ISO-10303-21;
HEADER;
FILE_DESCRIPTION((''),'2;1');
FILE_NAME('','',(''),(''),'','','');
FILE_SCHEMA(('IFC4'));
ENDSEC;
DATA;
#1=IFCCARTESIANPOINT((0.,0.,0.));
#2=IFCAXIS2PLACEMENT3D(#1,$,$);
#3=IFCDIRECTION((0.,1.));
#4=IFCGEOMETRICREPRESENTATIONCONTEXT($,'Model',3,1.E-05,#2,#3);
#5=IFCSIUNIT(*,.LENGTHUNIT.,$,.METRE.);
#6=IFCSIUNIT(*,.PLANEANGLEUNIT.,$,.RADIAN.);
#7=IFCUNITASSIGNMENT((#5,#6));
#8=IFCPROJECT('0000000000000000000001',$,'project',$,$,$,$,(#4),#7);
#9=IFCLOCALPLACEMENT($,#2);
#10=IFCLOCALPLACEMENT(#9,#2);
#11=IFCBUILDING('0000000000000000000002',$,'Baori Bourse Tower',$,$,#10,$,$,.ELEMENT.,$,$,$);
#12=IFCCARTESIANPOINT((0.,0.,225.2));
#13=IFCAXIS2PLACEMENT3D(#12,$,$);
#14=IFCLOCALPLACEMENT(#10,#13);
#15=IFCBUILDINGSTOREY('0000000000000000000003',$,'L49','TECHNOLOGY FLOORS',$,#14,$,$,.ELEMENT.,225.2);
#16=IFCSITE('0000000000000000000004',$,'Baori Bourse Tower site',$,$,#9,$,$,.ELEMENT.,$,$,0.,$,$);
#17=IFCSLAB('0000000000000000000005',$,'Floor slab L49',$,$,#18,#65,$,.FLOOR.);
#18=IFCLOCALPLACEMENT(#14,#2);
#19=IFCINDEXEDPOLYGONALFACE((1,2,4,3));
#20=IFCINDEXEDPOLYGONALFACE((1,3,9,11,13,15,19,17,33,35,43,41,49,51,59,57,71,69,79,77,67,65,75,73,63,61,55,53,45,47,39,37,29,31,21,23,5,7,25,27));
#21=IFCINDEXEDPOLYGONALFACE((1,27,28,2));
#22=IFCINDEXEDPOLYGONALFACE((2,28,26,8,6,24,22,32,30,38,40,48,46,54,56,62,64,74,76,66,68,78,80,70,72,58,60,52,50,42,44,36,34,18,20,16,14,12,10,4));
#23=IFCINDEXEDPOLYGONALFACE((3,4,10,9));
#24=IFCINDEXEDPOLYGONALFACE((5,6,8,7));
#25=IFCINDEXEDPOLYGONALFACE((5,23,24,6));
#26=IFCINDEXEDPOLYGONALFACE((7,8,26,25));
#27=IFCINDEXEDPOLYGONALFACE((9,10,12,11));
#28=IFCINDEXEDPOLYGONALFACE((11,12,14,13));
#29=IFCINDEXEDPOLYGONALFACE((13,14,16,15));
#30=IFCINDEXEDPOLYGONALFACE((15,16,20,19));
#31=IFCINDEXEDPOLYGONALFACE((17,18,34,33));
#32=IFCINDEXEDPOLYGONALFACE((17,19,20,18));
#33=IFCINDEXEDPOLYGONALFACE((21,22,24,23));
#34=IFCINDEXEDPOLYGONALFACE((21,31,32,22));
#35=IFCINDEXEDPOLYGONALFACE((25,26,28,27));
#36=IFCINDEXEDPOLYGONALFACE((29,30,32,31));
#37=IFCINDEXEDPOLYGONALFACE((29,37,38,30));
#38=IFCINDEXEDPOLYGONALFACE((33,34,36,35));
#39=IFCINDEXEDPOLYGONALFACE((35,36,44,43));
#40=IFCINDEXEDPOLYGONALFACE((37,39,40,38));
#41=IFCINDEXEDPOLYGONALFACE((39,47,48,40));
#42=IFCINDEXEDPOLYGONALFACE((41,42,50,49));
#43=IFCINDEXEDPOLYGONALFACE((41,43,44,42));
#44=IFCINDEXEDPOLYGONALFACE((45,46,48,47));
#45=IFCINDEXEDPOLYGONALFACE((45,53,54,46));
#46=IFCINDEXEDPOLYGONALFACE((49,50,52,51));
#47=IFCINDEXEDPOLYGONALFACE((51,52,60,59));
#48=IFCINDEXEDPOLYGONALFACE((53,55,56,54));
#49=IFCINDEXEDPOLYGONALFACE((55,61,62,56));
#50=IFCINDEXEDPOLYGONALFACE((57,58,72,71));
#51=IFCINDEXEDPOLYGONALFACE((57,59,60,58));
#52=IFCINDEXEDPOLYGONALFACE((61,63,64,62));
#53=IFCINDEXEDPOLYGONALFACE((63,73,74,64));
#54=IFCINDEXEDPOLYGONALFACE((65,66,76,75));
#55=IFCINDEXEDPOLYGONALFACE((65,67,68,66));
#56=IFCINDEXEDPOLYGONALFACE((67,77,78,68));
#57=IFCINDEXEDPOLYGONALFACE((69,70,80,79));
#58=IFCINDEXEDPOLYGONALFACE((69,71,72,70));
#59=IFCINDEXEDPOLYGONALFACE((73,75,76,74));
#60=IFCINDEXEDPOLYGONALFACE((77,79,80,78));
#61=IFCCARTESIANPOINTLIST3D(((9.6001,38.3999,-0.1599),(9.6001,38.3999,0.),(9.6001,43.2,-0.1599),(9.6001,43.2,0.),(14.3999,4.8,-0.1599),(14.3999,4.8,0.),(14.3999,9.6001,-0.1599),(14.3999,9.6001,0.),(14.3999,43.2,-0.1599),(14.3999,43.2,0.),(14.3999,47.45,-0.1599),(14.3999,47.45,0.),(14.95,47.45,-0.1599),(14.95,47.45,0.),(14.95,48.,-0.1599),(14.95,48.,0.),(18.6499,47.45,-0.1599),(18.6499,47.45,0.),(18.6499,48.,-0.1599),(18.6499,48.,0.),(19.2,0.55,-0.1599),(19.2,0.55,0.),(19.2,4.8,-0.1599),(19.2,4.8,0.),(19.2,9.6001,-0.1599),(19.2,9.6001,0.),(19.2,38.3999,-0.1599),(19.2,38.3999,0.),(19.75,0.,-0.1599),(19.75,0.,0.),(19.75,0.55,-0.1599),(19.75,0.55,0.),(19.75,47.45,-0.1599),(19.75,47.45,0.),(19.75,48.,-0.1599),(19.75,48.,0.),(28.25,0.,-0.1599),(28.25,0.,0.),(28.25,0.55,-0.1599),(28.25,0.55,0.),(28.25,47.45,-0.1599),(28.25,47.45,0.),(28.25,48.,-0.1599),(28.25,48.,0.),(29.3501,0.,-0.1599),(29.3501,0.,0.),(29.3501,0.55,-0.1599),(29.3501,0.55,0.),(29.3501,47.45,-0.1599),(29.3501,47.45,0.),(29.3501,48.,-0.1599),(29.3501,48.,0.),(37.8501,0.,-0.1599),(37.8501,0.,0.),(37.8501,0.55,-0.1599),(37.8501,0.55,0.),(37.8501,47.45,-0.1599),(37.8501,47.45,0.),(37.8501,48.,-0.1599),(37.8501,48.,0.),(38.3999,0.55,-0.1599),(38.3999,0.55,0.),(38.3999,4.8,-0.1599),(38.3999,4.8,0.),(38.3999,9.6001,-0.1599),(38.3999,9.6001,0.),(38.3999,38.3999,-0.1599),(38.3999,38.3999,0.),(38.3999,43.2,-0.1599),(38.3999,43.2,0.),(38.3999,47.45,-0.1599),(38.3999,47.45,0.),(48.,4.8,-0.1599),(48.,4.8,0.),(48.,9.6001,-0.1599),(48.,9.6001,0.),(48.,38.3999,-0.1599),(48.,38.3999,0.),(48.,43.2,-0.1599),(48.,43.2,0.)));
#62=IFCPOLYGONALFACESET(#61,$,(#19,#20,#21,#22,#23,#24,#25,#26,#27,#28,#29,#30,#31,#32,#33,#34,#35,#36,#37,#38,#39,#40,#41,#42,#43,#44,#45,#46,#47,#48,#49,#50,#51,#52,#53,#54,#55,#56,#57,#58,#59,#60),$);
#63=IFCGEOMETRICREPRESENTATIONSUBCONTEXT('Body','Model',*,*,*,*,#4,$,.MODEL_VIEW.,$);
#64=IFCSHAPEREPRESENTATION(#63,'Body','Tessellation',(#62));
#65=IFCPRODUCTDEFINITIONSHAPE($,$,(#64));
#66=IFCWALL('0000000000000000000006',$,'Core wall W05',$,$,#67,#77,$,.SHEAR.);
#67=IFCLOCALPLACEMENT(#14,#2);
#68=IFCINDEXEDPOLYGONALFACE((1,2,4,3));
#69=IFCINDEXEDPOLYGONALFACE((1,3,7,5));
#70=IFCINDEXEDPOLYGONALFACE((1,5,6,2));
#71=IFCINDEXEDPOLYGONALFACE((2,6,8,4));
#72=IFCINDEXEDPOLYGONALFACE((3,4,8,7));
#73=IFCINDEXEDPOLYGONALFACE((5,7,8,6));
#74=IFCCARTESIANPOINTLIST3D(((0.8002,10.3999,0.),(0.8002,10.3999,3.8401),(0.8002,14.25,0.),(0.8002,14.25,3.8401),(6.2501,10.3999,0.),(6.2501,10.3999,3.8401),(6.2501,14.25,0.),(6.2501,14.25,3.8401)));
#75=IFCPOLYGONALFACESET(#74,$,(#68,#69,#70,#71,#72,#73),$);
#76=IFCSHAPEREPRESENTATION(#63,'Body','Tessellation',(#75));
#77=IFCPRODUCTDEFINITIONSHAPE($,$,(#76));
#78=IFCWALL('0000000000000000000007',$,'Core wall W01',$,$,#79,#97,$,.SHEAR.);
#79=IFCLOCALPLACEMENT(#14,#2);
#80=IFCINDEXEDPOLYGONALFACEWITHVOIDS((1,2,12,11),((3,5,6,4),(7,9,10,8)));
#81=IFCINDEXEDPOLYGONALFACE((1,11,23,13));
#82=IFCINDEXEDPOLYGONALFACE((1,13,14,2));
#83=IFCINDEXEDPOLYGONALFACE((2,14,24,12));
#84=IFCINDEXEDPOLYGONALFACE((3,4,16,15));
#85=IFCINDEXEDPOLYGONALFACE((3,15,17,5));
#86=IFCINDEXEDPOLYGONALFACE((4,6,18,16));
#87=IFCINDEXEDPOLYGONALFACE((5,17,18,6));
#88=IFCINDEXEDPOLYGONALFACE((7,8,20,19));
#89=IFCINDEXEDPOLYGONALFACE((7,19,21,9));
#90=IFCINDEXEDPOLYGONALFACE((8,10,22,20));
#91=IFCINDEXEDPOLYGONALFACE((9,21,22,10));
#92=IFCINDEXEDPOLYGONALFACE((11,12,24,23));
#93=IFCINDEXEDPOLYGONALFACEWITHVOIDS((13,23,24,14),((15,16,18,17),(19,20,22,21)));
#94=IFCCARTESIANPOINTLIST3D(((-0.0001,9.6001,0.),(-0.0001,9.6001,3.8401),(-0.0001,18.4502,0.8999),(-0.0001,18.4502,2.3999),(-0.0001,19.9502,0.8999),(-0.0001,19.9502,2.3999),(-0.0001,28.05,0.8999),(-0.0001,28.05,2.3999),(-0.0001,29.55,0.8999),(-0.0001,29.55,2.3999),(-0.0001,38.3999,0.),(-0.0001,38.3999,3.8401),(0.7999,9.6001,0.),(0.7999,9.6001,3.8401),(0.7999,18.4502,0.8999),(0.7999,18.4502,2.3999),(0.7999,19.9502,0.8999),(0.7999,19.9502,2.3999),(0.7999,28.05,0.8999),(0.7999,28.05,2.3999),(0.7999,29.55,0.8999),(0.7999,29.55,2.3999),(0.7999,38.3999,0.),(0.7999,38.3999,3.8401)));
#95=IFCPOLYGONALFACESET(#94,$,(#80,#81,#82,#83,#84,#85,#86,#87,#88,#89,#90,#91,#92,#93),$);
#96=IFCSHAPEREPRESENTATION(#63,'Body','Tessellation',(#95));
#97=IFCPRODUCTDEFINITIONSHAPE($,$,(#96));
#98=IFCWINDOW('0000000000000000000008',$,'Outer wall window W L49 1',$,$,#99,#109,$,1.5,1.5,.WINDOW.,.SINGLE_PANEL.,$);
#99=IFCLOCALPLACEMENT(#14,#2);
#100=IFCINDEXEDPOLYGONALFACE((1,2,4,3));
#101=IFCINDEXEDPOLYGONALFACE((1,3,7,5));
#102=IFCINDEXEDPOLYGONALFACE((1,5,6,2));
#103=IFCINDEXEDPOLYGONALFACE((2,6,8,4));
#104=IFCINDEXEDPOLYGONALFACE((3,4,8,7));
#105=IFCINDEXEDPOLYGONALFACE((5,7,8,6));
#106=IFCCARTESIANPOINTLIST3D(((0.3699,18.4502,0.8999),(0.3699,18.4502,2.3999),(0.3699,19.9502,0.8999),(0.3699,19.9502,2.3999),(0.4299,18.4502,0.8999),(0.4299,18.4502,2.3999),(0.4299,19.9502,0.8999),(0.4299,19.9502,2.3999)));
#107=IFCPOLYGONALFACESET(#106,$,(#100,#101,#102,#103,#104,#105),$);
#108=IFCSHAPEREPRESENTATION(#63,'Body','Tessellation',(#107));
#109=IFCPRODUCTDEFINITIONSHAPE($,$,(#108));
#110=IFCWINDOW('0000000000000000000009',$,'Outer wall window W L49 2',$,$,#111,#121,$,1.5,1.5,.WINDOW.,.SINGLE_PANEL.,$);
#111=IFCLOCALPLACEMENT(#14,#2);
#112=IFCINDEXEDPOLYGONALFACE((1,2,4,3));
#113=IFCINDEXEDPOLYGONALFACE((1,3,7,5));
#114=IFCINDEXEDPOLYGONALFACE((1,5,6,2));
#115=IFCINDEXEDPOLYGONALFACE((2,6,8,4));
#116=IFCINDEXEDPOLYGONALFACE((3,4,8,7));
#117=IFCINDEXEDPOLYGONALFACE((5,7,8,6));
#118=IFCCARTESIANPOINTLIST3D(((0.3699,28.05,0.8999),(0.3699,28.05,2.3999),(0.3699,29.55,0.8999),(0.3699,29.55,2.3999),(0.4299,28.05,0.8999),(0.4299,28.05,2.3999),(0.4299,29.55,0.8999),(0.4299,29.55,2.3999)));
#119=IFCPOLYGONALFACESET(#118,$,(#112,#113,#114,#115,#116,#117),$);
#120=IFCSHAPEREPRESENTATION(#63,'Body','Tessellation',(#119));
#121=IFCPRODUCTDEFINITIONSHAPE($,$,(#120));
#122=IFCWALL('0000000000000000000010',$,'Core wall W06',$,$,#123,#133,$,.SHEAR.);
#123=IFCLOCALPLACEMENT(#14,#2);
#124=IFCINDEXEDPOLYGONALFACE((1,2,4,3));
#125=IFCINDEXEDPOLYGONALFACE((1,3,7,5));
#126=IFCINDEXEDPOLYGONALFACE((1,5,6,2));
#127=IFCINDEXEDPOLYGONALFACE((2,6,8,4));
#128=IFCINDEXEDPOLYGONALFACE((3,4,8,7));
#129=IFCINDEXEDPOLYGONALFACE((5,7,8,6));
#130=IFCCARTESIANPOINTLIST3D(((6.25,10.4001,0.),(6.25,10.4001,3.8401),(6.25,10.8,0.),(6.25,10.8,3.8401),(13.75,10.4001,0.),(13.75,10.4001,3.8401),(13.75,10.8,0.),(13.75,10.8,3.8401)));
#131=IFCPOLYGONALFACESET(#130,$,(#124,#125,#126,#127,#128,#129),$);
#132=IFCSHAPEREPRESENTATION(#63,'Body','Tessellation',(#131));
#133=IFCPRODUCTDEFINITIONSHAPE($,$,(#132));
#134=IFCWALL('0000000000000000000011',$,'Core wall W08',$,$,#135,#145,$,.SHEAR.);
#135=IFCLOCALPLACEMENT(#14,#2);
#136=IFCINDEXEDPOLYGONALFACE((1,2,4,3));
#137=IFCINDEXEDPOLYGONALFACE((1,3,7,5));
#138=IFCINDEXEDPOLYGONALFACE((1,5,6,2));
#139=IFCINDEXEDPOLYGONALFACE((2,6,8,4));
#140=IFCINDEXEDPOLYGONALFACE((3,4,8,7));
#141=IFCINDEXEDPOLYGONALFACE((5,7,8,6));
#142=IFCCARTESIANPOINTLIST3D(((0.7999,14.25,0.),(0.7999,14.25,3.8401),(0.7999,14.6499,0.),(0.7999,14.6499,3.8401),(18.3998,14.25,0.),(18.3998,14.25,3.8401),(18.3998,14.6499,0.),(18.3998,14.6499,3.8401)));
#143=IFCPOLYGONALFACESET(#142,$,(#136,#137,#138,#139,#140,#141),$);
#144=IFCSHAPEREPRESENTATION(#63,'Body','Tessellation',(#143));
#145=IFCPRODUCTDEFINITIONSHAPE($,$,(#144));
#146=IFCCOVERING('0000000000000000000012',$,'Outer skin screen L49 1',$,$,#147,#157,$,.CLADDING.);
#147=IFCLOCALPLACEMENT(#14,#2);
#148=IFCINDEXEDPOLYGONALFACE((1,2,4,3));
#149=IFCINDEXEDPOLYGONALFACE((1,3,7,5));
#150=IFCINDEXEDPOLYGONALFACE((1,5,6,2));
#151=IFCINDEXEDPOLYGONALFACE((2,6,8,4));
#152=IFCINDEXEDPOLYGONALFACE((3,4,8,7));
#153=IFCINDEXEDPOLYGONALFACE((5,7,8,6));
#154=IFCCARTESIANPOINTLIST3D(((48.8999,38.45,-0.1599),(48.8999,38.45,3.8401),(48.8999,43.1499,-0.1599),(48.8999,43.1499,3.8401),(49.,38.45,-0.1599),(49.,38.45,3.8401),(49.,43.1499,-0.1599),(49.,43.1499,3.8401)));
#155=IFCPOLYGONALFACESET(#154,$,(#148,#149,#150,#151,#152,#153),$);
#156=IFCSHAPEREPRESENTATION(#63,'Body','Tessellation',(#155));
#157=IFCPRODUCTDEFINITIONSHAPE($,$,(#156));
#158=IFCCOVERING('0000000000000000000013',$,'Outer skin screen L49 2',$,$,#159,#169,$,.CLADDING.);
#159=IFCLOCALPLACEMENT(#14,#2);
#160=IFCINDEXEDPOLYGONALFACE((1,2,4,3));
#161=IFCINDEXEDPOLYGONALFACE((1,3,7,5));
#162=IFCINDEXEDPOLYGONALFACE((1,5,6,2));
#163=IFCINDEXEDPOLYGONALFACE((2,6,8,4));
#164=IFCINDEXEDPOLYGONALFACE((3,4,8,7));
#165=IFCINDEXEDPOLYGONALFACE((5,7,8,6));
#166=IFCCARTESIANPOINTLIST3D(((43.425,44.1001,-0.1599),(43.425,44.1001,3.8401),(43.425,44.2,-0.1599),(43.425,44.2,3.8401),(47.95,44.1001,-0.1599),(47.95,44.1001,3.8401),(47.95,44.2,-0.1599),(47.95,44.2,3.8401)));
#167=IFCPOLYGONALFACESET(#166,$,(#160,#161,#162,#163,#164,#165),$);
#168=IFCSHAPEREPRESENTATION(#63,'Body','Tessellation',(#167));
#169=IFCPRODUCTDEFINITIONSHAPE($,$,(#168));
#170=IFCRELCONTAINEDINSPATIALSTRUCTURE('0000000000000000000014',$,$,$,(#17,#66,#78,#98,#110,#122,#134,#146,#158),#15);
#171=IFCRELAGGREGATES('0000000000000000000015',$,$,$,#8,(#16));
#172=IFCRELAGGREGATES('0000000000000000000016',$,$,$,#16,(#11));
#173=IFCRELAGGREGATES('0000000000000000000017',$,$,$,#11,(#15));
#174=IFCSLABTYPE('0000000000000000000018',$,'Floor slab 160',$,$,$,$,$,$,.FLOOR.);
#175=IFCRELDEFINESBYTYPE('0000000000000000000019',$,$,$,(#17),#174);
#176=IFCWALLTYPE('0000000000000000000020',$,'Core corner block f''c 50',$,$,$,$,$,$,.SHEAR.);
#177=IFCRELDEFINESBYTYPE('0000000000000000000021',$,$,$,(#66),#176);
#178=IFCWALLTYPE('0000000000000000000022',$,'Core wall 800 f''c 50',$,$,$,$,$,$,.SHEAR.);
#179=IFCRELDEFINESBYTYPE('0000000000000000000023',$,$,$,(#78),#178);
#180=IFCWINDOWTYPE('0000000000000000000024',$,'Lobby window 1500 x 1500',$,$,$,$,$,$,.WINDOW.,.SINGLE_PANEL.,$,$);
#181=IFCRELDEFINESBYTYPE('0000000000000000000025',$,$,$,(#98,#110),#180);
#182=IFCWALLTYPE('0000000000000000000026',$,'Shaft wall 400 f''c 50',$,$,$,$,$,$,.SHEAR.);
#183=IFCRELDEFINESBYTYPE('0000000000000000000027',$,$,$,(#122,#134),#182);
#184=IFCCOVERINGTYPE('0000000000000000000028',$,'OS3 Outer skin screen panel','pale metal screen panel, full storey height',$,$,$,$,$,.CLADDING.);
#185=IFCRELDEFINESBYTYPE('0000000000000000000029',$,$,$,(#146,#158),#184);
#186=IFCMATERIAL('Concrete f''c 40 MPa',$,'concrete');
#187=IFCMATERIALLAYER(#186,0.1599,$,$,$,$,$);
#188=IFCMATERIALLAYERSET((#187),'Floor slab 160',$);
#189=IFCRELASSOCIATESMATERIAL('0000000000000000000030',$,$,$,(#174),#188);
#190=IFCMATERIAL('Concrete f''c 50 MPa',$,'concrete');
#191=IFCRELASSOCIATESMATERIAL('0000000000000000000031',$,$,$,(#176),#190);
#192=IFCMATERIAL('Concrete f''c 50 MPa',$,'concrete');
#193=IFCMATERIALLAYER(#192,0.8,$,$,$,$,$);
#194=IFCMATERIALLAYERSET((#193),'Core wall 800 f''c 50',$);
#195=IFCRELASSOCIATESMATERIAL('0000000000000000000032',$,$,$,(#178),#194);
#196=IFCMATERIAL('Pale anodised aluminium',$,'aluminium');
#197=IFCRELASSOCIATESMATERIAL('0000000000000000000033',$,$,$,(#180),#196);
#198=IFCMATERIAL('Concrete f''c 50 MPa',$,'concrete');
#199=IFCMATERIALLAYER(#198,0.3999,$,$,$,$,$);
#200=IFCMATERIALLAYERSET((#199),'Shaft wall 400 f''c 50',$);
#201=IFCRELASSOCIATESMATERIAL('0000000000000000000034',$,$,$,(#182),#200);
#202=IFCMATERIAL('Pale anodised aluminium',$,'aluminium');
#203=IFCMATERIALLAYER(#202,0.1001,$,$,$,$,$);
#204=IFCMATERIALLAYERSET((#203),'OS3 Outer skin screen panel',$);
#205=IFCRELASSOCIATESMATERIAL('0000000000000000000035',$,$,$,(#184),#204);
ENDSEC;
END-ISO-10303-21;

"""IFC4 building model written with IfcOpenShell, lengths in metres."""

from ifc_helpers import new_model, si_unit, direction, frame, frame_2d, origin, place, context, subcontext, project, spatial, polyline, rectangle, outline, extrude, material, layer, layer_set, type_object, element, fill, save


model = new_model("IFC4")

# Units and contexts
model_context = context("Model", 3, precision=1e-05, world=origin(), true_north=direction((0.0, 1.0)))
body_context = subcontext(model_context, "Body", "Model", "MODEL_VIEW")
ifc_project = project(units=[si_unit("LENGTHUNIT", "METRE"), si_unit("PLANEANGLEUNIT", "RADIAN")], contexts=[model_context])

# Site, building, storey
site_placement = place(None, origin())
site = spatial("IfcSite", under=ifc_project, at=site_placement, Name="Baori Bourse Tower site", CompositionType="ELEMENT", RefElevation=0.0)
building_placement = place(site_placement, origin())
building = spatial("IfcBuilding", under=site, at=building_placement, Name="Baori Bourse Tower", CompositionType="ELEMENT")
storey_placement = place(building_placement, frame((0.0, 0.0, 225.2)))
storey = spatial("IfcBuildingStorey", under=building, at=storey_placement, Name="L49", Description="TECHNOLOGY FLOORS", CompositionType="ELEMENT", Elevation=225.2)

# Slab
ifc_material_1 = material(Name="Concrete f'c 40 MPa", Category="concrete")
ifc_layer_1 = layer(ifc_material_1, 0.1599)
ifc_layer_set_1 = layer_set([ifc_layer_1], Name="Floor slab 160")
slab_type_1 = type_object("IfcSlabType", Name="Floor slab 160", PredefinedType="FLOOR", material=ifc_layer_set_1)
slab_1_placement = place(storey_placement, frame((0.0, 0.0, -0.1599)))
element("IfcSlab", 1, at=slab_1_placement, inside=storey, type_object=slab_type_1, Name="Floor slab L49", PredefinedType="FLOOR", context=body_context, shape_type="SweptSolid", body=[
    extrude(outline(polyline([(19.2, 4.8), (14.3999, 4.8), (14.3999, 9.6001), (19.2, 9.6001), (19.2, 38.3999), (9.6001, 38.3999), (9.6001, 43.2), (14.3999, 43.2), (14.3999, 47.45), (14.95, 47.45), (14.95, 48.0), (18.6499, 48.0), (18.6499, 47.45), (19.75, 47.45), (19.75, 48.0), (28.25, 48.0), (28.25, 47.45), (29.3501, 47.45), (29.3501, 48.0), (37.8501, 48.0), (37.8501, 47.45), (38.3999, 47.45), (38.3999, 43.2), (48.0, 43.2), (48.0, 38.3999), (38.3999, 38.3999), (38.3999, 9.6001), (48.0, 9.6001), (48.0, 4.8), (38.3999, 4.8), (38.3999, 0.55), (37.8501, 0.55), (37.8501, 0.0), (29.3501, 0.0), (29.3501, 0.55), (28.25, 0.55), (28.25, 0.0), (19.75, 0.0), (19.75, 0.55), (19.2, 0.55), (19.2, 4.8)])), origin(), (0.0, 0.0, 1.0), 0.1599),
])

# Wall
ifc_material_2 = material(Name="Concrete f'c 50 MPa", Category="concrete")
wall_type_1 = type_object("IfcWallType", Name="Core corner block f'c 50", PredefinedType="SHEAR", material=ifc_material_2)
wall_1_placement = place(storey_placement, frame((0.8, 12.325, 0.0), z_axis=(0.0, 0.0, 1.0), x_axis=(1.0, 0.0, 0.0)))
element("IfcWall", 2, at=wall_1_placement, inside=storey, type_object=wall_type_1, Name="Core wall W05", PredefinedType="SHEAR", context=body_context, shape_type="SweptSolid", body=[
    extrude(rectangle(XDim=5.45, YDim=3.8501, at=frame_2d((2.7251, 0.0))), origin(), (0.0, 0.0, 1.0), 3.8401),
])

# Wall, openings, windows
ifc_material_3 = material(Name="Concrete f'c 50 MPa", Category="concrete")
ifc_layer_2 = layer(ifc_material_3, 0.8)
ifc_layer_set_2 = layer_set([ifc_layer_2], Name="Core wall 800 f'c 50")
wall_type_2 = type_object("IfcWallType", Name="Core wall 800 f'c 50", PredefinedType="SHEAR", material=ifc_layer_set_2)
wall_2_placement = place(storey_placement, frame((0.3999, 9.6001, 0.0), z_axis=(0.0, 0.0, 1.0), x_axis=(0.0, 1.0, 0.0)))
wall_2 = element("IfcWall", 3, at=wall_2_placement, inside=storey, type_object=wall_type_2, Name="Core wall W01", PredefinedType="SHEAR", context=body_context, shape_type="SweptSolid", body=[
    extrude(rectangle(XDim=28.7998, YDim=0.8, at=frame_2d((14.3999, 0.0))), origin(), (0.0, 0.0, 1.0), 3.8401),
])
opening_1_placement = place(wall_2_placement, frame((8.8501, 0.0, 0.8999)))
opening_1 = element("IfcOpeningElement", 4, at=opening_1_placement, cuts=wall_2, PredefinedType="OPENING", context=body_context, shape_type="SweptSolid", body=[
    extrude(rectangle(XDim=1.5, YDim=1.5, at=frame_2d((0.75, 0.75))), frame((0.0, 0.4099, 0.0), z_axis=(0.0, -1.0, 0.0), x_axis=(1.0, 0.0, 0.0)), (0.0, 0.0, 1.0), 0.8201),
])
opening_2_placement = place(wall_2_placement, frame((18.45, 0.0, 0.8999)))
opening_2 = element("IfcOpeningElement", 5, at=opening_2_placement, cuts=wall_2, PredefinedType="OPENING", context=body_context, shape_type="SweptSolid", body=[
    extrude(rectangle(XDim=1.5, YDim=1.5, at=frame_2d((0.75, 0.75))), frame((0.0, 0.4099, 0.0), z_axis=(0.0, -1.0, 0.0), x_axis=(1.0, 0.0, 0.0)), (0.0, 0.0, 1.0), 0.8201),
])
ifc_material_4 = material(Name="Pale anodised aluminium", Category="aluminium")
window_type = type_object("IfcWindowType", Name="Lobby window 1500 x 1500", PartitioningType="SINGLE_PANEL", PredefinedType="WINDOW", material=ifc_material_4)
window_1_placement = place(opening_1_placement, origin())
window_1 = element("IfcWindow", 6, at=window_1_placement, inside=storey, type_object=window_type, Name="Outer wall window W L49 1", OverallHeight=1.5, OverallWidth=1.5, PartitioningType="SINGLE_PANEL", PredefinedType="WINDOW", context=body_context, shape_type="SweptSolid", body=[
    extrude(rectangle(XDim=1.5, YDim=1.5, at=frame_2d((0.75, 0.75))), frame((0.0, 0.03, 0.0), z_axis=(0.0, -1.0, 0.0), x_axis=(1.0, 0.0, 0.0)), (0.0, 0.0, 1.0), 0.0601),
])
fill(opening_1, window_1)
window_2_placement = place(opening_2_placement, origin())
window_2 = element("IfcWindow", 7, at=window_2_placement, inside=storey, type_object=window_type, Name="Outer wall window W L49 2", OverallHeight=1.5, OverallWidth=1.5, PartitioningType="SINGLE_PANEL", PredefinedType="WINDOW", context=body_context, shape_type="SweptSolid", body=[
    extrude(rectangle(XDim=1.5, YDim=1.5, at=frame_2d((0.75, 0.75))), frame((0.0, 0.03, 0.0), z_axis=(0.0, -1.0, 0.0), x_axis=(1.0, 0.0, 0.0)), (0.0, 0.0, 1.0), 0.0601),
])
fill(opening_2, window_2)

# Walls
ifc_material_5 = material(Name="Concrete f'c 50 MPa", Category="concrete")
ifc_layer_3 = layer(ifc_material_5, 0.3999)
ifc_layer_set_3 = layer_set([ifc_layer_3], Name="Shaft wall 400 f'c 50")
wall_type_3 = type_object("IfcWallType", Name="Shaft wall 400 f'c 50", PredefinedType="SHEAR", material=ifc_layer_set_3)
wall_3_placement = place(storey_placement, frame((6.25, 10.6001, 0.0), z_axis=(0.0, 0.0, 1.0), x_axis=(1.0, 0.0, 0.0)))
element("IfcWall", 8, at=wall_3_placement, inside=storey, type_object=wall_type_3, Name="Core wall W06", PredefinedType="SHEAR", context=body_context, shape_type="SweptSolid", body=[
    extrude(rectangle(XDim=7.5, YDim=0.3999, at=frame_2d((3.75, 0.0))), origin(), (0.0, 0.0, 1.0), 3.8401),
])
wall_4_placement = place(storey_placement, frame((0.8, 14.45, 0.0), z_axis=(0.0, 0.0, 1.0), x_axis=(1.0, 0.0, 0.0)))
element("IfcWall", 9, at=wall_4_placement, inside=storey, type_object=wall_type_3, Name="Core wall W08", PredefinedType="SHEAR", context=body_context, shape_type="SweptSolid", body=[
    extrude(rectangle(XDim=17.5999, YDim=0.3999, at=frame_2d((8.7998, 0.0))), origin(), (0.0, 0.0, 1.0), 3.8401),
])

# Coverings
ifc_material_6 = material(Name="Pale anodised aluminium", Category="aluminium")
ifc_layer_4 = layer(ifc_material_6, 0.1001)
ifc_layer_set_4 = layer_set([ifc_layer_4], Name="OS3 Outer skin screen panel")
covering_type = type_object("IfcCoveringType", Name="OS3 Outer skin screen panel", Description="pale metal screen panel, full storey height", PredefinedType="CLADDING", material=ifc_layer_set_4)
covering_1_placement = place(storey_placement, frame((0.0, 0.0, -0.1599)))
element("IfcCovering", 10, at=covering_1_placement, inside=storey, type_object=covering_type, Name="Outer skin screen L49 1", PredefinedType="CLADDING", context=body_context, shape_type="SweptSolid", body=[
    extrude(outline(polyline([(48.8999, 43.1499), (48.8999, 38.45), (49.0, 38.45), (49.0, 43.1499), (48.8999, 43.1499)])), origin(), (0.0, 0.0, 1.0), 4.0),
])
covering_2_placement = place(storey_placement, frame((0.0, 0.0, -0.1599)))
element("IfcCovering", 11, at=covering_2_placement, inside=storey, type_object=covering_type, Name="Outer skin screen L49 2", PredefinedType="CLADDING", context=body_context, shape_type="SweptSolid", body=[
    extrude(outline(polyline([(43.425, 44.1001), (47.95, 44.1001), (47.95, 44.2), (43.425, 44.2), (43.425, 44.1001)])), origin(), (0.0, 0.0, 1.0), 4.0),
])

save(model, "model.ifc")
